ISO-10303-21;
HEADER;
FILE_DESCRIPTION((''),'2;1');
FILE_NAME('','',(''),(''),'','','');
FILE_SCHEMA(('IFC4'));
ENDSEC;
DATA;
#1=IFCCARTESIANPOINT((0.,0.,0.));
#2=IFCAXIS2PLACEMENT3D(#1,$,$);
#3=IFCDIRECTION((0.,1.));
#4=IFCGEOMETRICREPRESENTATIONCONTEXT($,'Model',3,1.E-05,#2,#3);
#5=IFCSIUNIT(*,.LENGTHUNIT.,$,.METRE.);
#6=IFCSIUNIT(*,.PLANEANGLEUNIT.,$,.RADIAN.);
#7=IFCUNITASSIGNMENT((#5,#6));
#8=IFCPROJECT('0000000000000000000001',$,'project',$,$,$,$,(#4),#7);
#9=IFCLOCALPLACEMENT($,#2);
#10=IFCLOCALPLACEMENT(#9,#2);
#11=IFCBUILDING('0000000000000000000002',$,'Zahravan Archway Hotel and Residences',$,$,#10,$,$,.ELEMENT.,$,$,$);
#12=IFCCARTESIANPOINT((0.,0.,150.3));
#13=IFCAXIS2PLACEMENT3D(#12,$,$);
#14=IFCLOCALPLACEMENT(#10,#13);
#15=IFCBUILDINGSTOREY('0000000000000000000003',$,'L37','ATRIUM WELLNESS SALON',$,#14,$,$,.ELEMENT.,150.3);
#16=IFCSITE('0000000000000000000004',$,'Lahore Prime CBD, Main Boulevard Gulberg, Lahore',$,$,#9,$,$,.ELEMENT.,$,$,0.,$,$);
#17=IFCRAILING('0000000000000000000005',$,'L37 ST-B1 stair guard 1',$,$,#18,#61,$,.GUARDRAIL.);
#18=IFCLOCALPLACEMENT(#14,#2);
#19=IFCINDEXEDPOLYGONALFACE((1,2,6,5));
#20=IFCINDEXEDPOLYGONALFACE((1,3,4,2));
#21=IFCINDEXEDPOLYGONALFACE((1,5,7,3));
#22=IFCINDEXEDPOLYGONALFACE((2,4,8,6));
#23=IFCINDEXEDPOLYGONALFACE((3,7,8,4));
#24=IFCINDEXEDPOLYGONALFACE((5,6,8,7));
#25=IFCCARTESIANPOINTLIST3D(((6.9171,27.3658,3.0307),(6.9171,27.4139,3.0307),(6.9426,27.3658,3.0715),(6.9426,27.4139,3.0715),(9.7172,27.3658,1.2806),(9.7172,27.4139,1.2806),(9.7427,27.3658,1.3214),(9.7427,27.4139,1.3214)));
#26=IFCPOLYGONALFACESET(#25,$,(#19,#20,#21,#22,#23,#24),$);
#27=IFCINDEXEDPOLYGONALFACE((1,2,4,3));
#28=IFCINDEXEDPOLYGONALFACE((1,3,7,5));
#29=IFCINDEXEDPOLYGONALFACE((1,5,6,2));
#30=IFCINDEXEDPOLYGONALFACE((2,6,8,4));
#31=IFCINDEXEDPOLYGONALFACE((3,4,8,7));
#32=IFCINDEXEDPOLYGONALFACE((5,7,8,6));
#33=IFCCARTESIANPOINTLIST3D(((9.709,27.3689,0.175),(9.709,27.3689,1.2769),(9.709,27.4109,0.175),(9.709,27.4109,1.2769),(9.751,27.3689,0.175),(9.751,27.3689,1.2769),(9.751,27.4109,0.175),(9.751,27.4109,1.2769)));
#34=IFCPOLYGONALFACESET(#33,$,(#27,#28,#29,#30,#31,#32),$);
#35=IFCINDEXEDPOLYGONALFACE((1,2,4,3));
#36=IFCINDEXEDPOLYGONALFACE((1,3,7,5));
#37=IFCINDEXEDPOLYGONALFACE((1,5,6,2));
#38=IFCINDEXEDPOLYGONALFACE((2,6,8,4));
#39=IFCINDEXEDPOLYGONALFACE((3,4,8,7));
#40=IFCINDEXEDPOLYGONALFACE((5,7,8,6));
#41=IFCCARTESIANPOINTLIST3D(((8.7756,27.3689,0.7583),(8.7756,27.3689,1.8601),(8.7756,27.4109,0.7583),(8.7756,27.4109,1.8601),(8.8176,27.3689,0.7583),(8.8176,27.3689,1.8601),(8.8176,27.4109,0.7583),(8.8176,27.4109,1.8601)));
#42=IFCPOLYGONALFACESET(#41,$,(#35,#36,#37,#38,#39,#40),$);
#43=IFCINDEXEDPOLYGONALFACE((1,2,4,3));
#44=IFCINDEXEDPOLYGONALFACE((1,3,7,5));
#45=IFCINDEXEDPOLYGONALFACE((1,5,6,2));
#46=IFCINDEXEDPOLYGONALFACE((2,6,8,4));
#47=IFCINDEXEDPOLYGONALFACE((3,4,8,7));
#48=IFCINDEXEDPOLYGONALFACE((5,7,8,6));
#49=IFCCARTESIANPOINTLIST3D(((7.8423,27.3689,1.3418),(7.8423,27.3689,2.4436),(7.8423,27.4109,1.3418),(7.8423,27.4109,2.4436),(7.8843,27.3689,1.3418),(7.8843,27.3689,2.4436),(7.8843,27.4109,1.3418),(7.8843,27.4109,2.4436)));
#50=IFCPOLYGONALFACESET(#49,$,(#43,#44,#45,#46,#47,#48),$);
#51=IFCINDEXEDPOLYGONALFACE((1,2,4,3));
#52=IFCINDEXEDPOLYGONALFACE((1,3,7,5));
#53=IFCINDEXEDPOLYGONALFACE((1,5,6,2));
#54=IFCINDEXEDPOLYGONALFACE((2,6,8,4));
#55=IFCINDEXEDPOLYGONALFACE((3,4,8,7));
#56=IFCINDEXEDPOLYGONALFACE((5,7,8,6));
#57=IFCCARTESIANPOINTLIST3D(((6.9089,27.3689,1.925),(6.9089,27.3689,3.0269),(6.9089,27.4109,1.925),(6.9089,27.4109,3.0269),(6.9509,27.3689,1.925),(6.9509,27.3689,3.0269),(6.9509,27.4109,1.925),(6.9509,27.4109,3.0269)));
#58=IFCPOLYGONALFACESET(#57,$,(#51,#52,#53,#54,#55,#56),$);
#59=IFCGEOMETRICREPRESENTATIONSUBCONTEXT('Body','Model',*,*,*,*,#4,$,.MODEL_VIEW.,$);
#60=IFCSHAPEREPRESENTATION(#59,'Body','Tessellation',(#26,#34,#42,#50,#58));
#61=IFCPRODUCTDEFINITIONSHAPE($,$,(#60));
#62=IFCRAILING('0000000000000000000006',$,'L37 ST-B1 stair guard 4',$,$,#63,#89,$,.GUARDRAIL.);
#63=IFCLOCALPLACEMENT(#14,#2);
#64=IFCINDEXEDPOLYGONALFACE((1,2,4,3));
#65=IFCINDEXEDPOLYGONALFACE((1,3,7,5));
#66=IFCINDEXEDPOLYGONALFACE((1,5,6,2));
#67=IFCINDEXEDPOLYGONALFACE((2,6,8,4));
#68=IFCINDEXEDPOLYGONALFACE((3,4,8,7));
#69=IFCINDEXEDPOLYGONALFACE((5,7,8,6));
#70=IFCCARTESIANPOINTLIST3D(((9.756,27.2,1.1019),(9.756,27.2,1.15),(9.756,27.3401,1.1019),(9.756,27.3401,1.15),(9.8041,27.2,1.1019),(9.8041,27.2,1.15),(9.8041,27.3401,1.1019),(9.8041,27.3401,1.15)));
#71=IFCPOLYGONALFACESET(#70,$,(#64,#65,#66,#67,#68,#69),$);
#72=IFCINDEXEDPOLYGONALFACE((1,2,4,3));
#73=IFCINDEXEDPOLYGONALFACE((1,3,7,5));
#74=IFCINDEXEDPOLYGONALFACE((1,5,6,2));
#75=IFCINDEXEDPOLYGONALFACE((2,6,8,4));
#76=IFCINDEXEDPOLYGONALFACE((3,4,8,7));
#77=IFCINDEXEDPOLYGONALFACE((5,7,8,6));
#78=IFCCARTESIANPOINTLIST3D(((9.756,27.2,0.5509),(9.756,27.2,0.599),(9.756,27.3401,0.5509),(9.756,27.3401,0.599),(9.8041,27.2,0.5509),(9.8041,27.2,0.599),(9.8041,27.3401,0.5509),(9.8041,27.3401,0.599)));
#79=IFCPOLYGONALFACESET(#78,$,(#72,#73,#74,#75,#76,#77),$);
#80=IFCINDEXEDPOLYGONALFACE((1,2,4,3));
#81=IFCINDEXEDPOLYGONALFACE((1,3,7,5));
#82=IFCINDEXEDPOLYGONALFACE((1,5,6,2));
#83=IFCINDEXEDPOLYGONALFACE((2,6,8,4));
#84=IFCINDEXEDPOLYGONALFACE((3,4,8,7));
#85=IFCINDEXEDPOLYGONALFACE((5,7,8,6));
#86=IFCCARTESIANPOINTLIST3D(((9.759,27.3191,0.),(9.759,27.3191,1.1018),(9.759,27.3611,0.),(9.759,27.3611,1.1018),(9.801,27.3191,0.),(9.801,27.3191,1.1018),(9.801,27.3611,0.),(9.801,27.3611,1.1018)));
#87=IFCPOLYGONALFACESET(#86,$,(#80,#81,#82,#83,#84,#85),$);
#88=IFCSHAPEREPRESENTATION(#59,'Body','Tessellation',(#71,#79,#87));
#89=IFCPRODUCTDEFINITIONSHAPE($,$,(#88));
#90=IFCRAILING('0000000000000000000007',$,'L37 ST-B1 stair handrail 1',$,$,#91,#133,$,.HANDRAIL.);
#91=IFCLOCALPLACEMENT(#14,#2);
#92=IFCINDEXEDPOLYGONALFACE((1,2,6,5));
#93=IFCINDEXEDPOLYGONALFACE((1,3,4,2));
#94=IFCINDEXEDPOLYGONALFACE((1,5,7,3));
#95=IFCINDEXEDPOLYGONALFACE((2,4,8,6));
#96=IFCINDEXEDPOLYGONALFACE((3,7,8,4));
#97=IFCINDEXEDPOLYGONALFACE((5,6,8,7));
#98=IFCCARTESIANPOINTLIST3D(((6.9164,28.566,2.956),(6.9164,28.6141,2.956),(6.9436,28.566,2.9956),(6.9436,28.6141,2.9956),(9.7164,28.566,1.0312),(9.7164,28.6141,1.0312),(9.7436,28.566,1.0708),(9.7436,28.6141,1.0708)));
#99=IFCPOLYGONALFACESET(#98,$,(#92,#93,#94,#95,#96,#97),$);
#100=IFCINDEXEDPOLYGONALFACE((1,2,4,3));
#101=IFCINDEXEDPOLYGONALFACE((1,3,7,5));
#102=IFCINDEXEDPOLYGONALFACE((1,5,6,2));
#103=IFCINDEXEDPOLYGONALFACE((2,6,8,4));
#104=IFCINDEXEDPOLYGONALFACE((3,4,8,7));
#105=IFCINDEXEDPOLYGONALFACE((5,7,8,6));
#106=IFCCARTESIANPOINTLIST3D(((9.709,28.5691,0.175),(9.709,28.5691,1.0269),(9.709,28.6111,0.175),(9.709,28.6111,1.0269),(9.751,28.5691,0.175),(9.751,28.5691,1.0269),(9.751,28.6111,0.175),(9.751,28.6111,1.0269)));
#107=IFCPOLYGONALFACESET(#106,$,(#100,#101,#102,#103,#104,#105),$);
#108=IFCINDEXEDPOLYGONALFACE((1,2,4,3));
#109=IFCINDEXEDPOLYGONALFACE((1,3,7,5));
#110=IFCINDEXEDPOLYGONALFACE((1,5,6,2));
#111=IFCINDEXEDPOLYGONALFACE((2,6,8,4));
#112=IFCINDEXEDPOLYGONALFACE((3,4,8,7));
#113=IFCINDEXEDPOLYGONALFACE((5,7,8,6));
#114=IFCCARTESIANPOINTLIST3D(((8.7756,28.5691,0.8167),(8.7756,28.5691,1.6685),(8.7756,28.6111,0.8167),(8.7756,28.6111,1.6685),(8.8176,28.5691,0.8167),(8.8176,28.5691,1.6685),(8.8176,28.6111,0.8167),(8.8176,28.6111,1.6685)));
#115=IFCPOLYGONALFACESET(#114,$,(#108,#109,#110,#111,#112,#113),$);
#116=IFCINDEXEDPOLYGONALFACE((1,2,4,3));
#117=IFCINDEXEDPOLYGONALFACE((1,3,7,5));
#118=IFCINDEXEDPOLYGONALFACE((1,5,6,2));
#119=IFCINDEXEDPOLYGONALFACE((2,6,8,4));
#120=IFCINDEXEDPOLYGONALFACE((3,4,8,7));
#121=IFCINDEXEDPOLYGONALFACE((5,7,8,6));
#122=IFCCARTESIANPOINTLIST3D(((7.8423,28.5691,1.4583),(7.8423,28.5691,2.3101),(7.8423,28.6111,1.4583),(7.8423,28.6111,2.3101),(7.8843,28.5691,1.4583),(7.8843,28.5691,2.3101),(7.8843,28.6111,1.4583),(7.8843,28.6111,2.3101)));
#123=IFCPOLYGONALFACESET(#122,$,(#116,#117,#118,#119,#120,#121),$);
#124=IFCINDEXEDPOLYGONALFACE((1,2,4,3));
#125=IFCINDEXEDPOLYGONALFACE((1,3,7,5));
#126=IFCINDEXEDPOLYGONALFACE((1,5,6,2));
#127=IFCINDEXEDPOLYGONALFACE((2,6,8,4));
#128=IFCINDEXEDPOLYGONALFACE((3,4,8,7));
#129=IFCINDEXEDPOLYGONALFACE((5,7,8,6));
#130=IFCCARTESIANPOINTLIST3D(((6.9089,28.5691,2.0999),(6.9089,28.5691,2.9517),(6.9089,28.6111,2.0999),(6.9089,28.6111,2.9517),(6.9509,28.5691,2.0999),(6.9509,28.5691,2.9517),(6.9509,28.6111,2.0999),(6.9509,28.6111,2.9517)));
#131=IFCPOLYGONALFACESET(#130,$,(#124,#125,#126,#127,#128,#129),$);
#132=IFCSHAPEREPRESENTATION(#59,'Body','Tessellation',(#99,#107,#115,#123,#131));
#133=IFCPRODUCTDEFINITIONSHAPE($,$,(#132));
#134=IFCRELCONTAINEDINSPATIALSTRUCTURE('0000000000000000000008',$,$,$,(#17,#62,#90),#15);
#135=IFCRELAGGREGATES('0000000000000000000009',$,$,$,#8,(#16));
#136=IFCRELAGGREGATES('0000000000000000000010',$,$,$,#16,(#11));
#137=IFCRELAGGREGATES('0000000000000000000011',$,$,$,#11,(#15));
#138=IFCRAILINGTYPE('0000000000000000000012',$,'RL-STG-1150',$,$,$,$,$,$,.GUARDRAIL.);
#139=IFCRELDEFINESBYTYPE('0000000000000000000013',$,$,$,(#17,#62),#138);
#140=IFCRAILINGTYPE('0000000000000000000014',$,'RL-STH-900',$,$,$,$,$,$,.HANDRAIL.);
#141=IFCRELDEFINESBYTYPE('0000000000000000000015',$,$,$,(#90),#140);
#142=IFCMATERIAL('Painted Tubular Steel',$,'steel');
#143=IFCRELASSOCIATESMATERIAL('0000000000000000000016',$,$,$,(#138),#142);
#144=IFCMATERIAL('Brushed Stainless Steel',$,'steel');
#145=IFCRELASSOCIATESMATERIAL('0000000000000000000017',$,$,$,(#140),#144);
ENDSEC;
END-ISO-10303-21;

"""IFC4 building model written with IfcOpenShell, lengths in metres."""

from ifc_helpers import new_model, si_unit, direction, frame, origin, origin_2d, place, context, subcontext, project, spatial, rectangle, extrude, material, type_object, element, save


model = new_model("IFC4")

# Units and contexts
model_context = context("Model", 3, precision=1e-05, world=origin(), true_north=direction((0.0, 1.0)))
body_context = subcontext(model_context, "Body", "Model", "MODEL_VIEW")
ifc_project = project(units=[si_unit("LENGTHUNIT", "METRE"), si_unit("PLANEANGLEUNIT", "RADIAN")], contexts=[model_context])

# Site, building, storey
site_placement = place(None, origin())
site = spatial("IfcSite", under=ifc_project, at=site_placement, Name="Lahore Prime CBD, Main Boulevard Gulberg, Lahore", CompositionType="ELEMENT", RefElevation=0.0)
building_placement = place(site_placement, origin())
building = spatial("IfcBuilding", under=site, at=building_placement, Name="Zahravan Archway Hotel and Residences", CompositionType="ELEMENT")
storey_placement = place(building_placement, frame((0.0, 0.0, 150.3)))
storey = spatial("IfcBuildingStorey", under=building, at=storey_placement, Name="L37", Description="ATRIUM WELLNESS SALON", CompositionType="ELEMENT", Elevation=150.3)

# Shared definitions
ifc_material_1 = material(Name="Brushed Stainless Steel", Category="steel")

# Railings
ifc_material_2 = material(Name="Painted Tubular Steel", Category="steel")
railing_type_1 = type_object("IfcRailingType", Name="RL-STG-1150", PredefinedType="GUARDRAIL", material=ifc_material_2)
railing_1_placement = place(storey_placement, frame((9.73, 27.3899, 0.175)))
element("IfcRailing", 1, at=railing_1_placement, inside=storey, type_object=railing_type_1, Name="L37 ST-B1 stair guard 1", PredefinedType="GUARDRAIL", context=body_context, shape_type="SweptSolid", body=[
    extrude(rectangle(XDim=0.0481, YDim=0.0481, at=origin_2d()), frame((0.0, 0.0, 1.126), z_axis=(-0.848002, 0.0, 0.529992), x_axis=(0.0, -1.0, 0.0)), (0.0, 0.0, 1.0), 3.302),
    extrude(rectangle(XDim=0.042, YDim=0.042, at=origin_2d()), origin(), (0.0, 0.0, 1.0), 1.1018),
    extrude(rectangle(XDim=0.042, YDim=0.042, at=origin_2d()), frame((-0.9333, 0.0, 0.5833)), (0.0, 0.0, 1.0), 1.1018),
    extrude(rectangle(XDim=0.042, YDim=0.042, at=origin_2d()), frame((-1.8667, 0.0, 1.1667)), (0.0, 0.0, 1.0), 1.1018),
    extrude(rectangle(XDim=0.042, YDim=0.042, at=origin_2d()), frame((-2.8, 0.0, 1.75)), (0.0, 0.0, 1.0), 1.1018),
])
railing_2_placement = place(storey_placement, frame((9.78, 27.3401, 0.0)))
element("IfcRailing", 2, at=railing_2_placement, inside=storey, type_object=railing_type_1, Name="L37 ST-B1 stair guard 4", PredefinedType="GUARDRAIL", context=body_context, shape_type="SweptSolid", body=[
    extrude(rectangle(XDim=0.0481, YDim=0.0481, at=origin_2d()), frame((0.0, 0.0, 1.126), z_axis=(0.0, -1.0, 0.0), x_axis=(1.0, 0.0, 0.0)), (0.0, 0.0, 1.0), 0.1401),
    extrude(rectangle(XDim=0.0481, YDim=0.0481, at=origin_2d()), frame((0.0, 0.0, 0.575), z_axis=(0.0, -1.0, 0.0), x_axis=(1.0, 0.0, 0.0)), (0.0, 0.0, 1.0), 0.1401),
    extrude(rectangle(XDim=0.042, YDim=0.042, at=origin_2d()), origin(), (0.0, 0.0, 1.0), 1.1018),
])
railing_type_2 = type_object("IfcRailingType", Name="RL-STH-900", PredefinedType="HANDRAIL", material=ifc_material_1)
railing_3_placement = place(storey_placement, frame((9.73, 28.5901, 0.175)))
element("IfcRailing", 3, at=railing_3_placement, inside=storey, type_object=railing_type_2, Name="L37 ST-B1 stair handrail 1", PredefinedType="HANDRAIL", context=body_context, shape_type="SweptSolid", body=[
    extrude(rectangle(XDim=0.0481, YDim=0.0481, at=origin_2d()), frame((0.0, 0.0, 0.876), z_axis=(-0.824073, 0.0, 0.566483), x_axis=(0.0, -1.0, 0.0)), (0.0, 0.0, 1.0), 3.3977),
    extrude(rectangle(XDim=0.042, YDim=0.042, at=origin_2d()), origin(), (0.0, 0.0, 1.0), 0.8518),
    extrude(rectangle(XDim=0.042, YDim=0.042, at=origin_2d()), frame((-0.9333, 0.0, 0.6416)), (0.0, 0.0, 1.0), 0.8518),
    extrude(rectangle(XDim=0.042, YDim=0.042, at=origin_2d()), frame((-1.8667, 0.0, 1.2832)), (0.0, 0.0, 1.0), 0.8518),
    extrude(rectangle(XDim=0.042, YDim=0.042, at=origin_2d()), frame((-2.8, 0.0, 1.9248)), (0.0, 0.0, 1.0), 0.8518),
])

save(model, "model.ifc")
